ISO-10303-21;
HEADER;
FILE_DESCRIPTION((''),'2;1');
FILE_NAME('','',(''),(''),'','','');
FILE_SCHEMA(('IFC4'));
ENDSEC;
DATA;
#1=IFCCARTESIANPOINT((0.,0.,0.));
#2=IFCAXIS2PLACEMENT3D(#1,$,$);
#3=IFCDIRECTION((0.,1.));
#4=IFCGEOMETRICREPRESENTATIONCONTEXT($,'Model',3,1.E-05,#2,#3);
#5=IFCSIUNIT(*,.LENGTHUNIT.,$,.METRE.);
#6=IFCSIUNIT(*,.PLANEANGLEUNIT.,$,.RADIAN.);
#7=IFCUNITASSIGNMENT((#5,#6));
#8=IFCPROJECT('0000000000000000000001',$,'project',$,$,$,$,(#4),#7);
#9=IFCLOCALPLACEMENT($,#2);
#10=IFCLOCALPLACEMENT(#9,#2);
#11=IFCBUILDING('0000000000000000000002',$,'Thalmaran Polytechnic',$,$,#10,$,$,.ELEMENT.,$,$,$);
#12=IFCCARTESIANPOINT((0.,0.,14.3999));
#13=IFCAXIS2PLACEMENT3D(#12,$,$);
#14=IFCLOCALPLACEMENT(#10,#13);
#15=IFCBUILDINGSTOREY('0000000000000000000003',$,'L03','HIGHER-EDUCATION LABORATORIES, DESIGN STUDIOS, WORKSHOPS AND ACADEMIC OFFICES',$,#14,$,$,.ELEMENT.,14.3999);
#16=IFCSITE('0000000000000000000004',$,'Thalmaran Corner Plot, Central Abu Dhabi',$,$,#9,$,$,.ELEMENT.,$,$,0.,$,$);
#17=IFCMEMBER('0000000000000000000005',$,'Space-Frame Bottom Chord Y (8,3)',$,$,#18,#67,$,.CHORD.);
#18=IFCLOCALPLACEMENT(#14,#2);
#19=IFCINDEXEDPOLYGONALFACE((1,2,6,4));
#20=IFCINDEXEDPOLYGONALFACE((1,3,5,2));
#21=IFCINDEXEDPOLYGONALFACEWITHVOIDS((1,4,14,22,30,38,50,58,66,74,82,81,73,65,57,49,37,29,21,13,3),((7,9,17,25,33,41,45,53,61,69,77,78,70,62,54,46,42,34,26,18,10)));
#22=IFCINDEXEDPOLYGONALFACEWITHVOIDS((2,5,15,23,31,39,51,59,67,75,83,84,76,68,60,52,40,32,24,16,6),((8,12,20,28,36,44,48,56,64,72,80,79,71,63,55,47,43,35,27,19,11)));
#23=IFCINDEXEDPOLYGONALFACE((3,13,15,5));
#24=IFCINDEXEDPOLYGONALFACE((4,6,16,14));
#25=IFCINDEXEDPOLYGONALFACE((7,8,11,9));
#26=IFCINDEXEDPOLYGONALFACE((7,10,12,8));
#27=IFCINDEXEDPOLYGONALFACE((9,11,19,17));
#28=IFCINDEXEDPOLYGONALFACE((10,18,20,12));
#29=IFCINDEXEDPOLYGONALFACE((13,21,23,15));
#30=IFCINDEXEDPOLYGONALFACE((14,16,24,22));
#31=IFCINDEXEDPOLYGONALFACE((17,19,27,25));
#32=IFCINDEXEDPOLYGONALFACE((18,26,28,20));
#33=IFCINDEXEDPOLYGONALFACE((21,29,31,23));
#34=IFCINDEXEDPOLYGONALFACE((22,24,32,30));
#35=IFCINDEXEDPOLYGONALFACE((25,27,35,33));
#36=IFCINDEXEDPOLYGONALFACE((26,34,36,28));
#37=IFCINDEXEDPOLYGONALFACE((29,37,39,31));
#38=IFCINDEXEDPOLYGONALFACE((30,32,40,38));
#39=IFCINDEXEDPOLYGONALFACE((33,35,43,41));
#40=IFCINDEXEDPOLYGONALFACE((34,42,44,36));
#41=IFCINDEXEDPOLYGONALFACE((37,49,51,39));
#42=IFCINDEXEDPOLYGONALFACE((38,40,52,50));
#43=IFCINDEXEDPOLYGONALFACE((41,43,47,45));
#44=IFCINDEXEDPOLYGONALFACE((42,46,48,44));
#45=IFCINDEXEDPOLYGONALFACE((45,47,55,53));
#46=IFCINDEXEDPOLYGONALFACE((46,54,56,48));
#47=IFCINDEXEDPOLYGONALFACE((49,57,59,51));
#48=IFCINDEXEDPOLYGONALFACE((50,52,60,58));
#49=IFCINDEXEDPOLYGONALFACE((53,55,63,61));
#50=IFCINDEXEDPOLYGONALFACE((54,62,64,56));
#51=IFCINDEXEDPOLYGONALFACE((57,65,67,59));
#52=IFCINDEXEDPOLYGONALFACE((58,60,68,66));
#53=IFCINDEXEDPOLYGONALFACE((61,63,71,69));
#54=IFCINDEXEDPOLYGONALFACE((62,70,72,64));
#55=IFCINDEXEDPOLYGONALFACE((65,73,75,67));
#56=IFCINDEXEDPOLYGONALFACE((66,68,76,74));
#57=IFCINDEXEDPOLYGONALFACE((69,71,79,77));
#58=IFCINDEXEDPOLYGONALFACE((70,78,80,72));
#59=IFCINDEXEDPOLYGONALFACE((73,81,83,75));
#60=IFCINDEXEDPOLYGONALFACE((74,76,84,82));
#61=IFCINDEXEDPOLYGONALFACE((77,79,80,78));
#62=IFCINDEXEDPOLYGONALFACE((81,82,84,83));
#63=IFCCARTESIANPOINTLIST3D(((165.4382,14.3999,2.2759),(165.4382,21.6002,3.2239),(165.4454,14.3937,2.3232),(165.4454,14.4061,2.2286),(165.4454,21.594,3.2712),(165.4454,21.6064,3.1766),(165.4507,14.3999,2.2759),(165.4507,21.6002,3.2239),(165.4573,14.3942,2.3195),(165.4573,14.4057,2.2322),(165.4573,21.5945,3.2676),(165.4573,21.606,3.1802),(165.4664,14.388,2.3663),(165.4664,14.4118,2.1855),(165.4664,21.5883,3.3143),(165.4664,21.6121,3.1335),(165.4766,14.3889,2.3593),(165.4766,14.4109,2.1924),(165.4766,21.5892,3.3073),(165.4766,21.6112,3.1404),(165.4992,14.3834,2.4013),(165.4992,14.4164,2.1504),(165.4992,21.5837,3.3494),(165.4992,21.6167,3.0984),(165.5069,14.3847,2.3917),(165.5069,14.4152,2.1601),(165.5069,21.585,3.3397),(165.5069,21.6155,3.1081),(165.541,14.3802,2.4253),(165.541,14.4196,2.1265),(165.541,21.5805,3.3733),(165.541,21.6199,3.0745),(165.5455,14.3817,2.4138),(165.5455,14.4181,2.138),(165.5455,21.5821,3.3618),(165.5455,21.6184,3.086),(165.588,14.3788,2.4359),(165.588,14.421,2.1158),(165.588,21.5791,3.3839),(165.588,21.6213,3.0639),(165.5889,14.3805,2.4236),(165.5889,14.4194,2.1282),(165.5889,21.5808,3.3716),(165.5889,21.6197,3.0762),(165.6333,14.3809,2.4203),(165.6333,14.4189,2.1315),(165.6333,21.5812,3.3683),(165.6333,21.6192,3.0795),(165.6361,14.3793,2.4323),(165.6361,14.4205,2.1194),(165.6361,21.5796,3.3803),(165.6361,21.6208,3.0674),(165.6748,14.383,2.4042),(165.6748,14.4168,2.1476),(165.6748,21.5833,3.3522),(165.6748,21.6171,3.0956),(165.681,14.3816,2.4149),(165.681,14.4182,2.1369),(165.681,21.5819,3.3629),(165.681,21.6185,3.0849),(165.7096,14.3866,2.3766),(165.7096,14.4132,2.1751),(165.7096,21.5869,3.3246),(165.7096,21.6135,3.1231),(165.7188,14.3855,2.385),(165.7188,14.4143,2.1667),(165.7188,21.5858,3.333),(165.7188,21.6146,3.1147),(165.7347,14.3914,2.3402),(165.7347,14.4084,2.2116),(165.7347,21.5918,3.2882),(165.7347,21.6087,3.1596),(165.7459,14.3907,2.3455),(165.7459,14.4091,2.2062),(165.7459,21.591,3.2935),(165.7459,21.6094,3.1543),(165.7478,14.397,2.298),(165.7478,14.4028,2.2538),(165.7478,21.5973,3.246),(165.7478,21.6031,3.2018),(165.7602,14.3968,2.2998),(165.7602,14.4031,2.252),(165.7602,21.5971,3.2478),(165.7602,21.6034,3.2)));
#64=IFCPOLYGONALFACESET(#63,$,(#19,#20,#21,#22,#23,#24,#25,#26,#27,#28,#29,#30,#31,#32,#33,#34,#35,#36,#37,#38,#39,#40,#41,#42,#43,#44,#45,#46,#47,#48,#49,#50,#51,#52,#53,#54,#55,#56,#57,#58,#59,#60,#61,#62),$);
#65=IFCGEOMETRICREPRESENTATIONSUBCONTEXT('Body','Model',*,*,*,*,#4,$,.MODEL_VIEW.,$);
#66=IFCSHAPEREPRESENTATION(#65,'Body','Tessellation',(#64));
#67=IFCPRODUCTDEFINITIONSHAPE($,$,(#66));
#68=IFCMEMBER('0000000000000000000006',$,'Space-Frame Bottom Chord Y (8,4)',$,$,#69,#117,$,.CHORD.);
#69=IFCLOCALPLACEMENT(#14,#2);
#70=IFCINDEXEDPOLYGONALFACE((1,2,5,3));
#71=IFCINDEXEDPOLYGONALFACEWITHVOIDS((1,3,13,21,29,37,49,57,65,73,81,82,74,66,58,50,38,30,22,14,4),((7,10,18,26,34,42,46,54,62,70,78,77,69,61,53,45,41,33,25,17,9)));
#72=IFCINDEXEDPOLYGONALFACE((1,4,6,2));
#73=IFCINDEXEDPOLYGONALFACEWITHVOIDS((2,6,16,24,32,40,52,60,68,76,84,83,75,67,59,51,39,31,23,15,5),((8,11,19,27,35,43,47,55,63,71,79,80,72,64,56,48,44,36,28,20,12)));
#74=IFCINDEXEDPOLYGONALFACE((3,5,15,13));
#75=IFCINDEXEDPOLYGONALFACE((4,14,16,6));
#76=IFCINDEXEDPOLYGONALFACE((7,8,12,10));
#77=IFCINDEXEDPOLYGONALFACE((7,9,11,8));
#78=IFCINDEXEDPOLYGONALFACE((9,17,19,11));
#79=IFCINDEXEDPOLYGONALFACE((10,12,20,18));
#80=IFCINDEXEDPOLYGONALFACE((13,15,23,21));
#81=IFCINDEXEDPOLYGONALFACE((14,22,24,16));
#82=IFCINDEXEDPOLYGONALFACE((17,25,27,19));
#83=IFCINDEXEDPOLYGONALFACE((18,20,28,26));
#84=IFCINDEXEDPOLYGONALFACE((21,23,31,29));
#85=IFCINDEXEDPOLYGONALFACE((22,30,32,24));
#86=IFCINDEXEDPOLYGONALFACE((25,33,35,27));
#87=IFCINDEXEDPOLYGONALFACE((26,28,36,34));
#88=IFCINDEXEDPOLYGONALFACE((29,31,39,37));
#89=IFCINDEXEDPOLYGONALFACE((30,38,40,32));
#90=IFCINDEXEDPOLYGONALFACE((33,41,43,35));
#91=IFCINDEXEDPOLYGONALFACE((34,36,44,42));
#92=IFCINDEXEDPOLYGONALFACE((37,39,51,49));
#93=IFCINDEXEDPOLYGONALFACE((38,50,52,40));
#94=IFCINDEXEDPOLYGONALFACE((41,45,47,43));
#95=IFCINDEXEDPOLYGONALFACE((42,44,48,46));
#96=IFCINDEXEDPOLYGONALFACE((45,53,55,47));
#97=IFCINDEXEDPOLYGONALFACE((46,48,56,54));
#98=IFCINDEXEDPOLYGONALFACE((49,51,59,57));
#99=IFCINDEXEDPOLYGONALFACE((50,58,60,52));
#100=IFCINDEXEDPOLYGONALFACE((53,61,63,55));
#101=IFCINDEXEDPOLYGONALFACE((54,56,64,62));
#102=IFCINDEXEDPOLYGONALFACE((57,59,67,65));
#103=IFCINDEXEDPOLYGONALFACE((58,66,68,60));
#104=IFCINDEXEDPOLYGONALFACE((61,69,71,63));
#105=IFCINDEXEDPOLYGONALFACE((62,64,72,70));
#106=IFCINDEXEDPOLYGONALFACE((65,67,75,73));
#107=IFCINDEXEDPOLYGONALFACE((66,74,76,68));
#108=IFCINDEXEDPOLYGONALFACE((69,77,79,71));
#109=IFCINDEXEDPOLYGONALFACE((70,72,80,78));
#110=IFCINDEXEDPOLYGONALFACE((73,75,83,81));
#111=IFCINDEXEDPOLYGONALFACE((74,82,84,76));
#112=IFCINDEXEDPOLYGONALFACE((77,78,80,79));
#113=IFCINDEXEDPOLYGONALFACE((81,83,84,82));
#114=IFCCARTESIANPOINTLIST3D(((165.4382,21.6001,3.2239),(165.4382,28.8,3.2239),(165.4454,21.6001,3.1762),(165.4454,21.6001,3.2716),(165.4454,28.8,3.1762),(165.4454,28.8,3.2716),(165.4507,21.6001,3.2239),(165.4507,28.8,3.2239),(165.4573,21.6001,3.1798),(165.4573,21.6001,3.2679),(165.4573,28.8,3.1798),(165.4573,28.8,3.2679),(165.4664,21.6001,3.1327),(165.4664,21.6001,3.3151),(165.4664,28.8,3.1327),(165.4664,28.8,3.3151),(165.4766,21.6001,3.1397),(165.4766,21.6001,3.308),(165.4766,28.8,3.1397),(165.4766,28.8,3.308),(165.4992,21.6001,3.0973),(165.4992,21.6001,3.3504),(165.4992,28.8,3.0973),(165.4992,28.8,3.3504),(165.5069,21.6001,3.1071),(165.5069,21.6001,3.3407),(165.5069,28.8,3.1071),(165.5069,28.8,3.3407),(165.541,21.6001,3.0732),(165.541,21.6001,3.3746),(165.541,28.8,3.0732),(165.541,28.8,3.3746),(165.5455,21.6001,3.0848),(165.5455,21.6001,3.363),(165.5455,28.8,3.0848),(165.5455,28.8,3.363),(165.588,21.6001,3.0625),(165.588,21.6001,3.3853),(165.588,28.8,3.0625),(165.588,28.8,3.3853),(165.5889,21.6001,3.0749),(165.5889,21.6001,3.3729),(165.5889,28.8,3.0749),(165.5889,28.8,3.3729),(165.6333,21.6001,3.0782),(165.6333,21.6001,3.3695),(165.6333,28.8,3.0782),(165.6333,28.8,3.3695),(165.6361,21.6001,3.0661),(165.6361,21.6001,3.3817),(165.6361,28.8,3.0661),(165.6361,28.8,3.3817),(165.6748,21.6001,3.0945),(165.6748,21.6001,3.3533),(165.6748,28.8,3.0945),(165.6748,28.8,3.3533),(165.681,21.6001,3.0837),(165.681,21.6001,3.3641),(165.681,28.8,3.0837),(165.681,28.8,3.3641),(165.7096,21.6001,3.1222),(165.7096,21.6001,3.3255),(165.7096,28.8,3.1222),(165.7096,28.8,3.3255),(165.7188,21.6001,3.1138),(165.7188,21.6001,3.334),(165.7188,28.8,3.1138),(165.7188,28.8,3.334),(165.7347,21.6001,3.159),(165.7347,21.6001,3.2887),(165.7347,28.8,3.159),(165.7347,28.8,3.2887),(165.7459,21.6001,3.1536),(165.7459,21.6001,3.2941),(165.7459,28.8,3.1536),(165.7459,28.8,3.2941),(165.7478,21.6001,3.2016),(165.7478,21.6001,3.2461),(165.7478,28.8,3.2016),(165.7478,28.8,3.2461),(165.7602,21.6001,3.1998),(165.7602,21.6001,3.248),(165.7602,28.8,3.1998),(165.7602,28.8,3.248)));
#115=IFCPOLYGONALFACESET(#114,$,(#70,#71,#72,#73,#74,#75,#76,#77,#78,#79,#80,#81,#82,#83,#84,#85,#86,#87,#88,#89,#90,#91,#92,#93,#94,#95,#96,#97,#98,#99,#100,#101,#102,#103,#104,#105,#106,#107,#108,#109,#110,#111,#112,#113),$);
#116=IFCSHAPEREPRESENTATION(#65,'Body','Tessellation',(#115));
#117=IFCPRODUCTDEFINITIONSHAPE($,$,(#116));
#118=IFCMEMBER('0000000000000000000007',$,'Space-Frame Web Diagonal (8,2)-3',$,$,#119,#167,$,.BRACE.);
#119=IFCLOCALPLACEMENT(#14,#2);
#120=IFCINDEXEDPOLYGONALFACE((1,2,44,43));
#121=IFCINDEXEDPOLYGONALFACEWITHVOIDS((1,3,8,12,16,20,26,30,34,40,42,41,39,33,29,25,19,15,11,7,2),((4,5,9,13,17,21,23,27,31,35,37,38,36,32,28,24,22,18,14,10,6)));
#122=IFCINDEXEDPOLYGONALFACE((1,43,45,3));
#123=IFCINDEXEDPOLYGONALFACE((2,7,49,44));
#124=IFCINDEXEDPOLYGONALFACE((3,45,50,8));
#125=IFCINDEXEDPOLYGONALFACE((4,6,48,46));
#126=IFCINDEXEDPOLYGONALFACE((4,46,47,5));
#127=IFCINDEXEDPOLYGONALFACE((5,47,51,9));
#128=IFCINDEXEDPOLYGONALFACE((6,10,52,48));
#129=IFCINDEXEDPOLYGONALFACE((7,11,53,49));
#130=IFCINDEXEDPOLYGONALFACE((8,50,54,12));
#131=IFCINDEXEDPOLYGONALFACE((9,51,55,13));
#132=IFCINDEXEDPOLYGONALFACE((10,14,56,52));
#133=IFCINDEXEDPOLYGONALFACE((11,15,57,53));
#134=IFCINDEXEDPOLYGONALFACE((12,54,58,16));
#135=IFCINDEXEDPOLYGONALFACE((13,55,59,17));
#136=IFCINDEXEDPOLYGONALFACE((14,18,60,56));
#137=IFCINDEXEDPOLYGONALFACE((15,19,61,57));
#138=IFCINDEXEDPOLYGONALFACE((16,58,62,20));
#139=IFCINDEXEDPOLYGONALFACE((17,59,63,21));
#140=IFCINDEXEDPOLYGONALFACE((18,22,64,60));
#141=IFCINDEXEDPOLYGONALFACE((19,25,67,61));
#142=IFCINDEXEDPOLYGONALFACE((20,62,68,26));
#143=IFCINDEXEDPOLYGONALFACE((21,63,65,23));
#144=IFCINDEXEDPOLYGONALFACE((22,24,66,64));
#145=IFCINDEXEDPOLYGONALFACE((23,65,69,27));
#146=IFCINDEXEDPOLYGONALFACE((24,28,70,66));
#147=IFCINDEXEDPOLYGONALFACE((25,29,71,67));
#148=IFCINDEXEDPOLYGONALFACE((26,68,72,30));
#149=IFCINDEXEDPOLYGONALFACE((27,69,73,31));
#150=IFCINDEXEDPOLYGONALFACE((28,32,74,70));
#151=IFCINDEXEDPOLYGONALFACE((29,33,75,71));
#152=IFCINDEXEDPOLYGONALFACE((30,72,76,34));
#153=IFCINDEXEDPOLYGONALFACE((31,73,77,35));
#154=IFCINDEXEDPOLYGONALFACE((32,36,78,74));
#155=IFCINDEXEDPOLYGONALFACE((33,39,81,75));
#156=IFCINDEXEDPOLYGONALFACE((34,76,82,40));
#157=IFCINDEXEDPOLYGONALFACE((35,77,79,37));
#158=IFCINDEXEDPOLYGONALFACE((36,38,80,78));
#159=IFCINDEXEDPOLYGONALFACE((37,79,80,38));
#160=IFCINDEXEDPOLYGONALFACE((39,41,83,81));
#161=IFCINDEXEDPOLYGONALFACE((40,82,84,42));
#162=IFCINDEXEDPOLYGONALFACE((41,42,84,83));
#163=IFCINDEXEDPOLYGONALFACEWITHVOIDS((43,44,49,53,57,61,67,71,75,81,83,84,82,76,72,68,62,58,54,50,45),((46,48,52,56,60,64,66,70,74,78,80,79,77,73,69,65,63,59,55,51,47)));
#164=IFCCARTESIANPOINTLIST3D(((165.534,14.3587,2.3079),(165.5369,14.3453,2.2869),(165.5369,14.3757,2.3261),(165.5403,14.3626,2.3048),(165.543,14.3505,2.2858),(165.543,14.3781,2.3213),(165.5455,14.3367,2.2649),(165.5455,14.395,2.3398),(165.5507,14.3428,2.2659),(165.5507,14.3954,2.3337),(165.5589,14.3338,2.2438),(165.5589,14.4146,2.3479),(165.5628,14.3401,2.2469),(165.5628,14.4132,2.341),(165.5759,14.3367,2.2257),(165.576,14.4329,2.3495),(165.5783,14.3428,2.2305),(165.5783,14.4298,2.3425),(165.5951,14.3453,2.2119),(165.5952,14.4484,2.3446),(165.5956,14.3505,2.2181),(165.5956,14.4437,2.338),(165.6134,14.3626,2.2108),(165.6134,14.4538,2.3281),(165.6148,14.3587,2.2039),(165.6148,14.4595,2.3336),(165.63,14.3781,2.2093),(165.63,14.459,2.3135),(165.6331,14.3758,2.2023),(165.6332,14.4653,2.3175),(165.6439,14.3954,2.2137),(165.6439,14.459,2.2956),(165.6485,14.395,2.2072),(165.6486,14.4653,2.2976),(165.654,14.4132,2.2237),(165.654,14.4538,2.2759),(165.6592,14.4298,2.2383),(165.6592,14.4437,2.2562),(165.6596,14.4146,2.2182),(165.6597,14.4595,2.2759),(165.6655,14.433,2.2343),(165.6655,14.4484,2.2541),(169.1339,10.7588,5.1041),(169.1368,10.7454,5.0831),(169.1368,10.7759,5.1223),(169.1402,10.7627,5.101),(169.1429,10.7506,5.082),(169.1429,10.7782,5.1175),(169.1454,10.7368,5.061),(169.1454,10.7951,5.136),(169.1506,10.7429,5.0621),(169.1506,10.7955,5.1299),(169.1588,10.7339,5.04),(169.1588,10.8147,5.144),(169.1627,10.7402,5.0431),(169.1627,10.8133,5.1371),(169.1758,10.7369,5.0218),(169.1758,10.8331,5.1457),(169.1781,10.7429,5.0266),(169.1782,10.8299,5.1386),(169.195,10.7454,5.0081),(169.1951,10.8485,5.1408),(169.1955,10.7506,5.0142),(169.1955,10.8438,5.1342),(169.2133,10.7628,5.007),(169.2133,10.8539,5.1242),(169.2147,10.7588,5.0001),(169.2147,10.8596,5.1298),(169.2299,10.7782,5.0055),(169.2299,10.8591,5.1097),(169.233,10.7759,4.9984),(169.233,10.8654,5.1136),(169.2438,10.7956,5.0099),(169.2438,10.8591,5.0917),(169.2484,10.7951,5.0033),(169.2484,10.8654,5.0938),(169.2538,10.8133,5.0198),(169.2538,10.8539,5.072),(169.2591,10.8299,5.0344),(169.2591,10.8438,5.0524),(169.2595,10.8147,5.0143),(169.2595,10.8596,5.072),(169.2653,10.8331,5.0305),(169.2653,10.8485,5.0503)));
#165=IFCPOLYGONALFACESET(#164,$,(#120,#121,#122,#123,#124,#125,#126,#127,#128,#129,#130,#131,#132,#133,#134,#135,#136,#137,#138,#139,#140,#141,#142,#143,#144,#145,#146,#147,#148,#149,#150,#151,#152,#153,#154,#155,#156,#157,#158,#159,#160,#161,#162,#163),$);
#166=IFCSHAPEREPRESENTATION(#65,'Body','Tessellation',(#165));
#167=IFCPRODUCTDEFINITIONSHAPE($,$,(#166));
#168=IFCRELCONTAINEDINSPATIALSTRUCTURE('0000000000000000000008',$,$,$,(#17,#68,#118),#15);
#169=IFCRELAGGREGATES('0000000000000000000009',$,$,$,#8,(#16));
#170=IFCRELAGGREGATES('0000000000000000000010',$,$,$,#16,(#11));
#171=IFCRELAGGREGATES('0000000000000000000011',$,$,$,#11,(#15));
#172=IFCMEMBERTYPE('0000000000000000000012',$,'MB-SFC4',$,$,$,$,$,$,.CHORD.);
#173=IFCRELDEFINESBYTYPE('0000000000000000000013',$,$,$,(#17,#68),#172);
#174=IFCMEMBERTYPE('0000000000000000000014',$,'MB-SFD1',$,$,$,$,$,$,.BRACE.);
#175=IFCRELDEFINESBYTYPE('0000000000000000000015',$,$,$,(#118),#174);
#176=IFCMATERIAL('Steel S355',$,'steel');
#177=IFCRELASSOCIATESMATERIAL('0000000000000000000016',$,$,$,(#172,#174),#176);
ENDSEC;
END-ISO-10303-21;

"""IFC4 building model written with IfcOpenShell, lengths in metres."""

from ifc_helpers import new_model, si_unit, direction, frame, origin, origin_2d, place, context, subcontext, project, spatial, hollow_circle, extrude, material, material_profile, profile_set, type_object, element, save


model = new_model("IFC4")

# Units and contexts
model_context = context("Model", 3, precision=1e-05, world=origin(), true_north=direction((0.0, 1.0)))
body_context = subcontext(model_context, "Body", "Model", "MODEL_VIEW")
ifc_project = project(units=[si_unit("LENGTHUNIT", "METRE"), si_unit("PLANEANGLEUNIT", "RADIAN")], contexts=[model_context])

# Site, building, storey
site_placement = place(None, origin())
site = spatial("IfcSite", under=ifc_project, at=site_placement, Name="Thalmaran Corner Plot, Central Abu Dhabi", CompositionType="ELEMENT", RefElevation=0.0)
building_placement = place(site_placement, origin())
building = spatial("IfcBuilding", under=site, at=building_placement, Name="Thalmaran Polytechnic", CompositionType="ELEMENT")
storey_placement = place(building_placement, frame((0.0, 0.0, 14.3999)))
storey = spatial("IfcBuildingStorey", under=building, at=storey_placement, Name="L03", Description="HIGHER-EDUCATION LABORATORIES, DESIGN STUDIOS, WORKSHOPS AND ACADEMIC OFFICES", CompositionType="ELEMENT", Elevation=14.3999)

# Shared definitions
ifc_material_1 = material(Name="Steel S355", Category="steel")

# Members
ifc_material_profile_1 = material_profile(ifc_material_1, hollow_circle(Radius=0.1619, WallThickness=0.0125, at=origin_2d()), Name="CHS 323.9x12.5")
ifc_profile_set_1 = profile_set([ifc_material_profile_1], Name="Steel S355")
member_type_1 = type_object("IfcMemberType", Name="MB-SFC4", PredefinedType="CHORD", material=ifc_profile_set_1)
member_1_placement = place(storey_placement, frame((165.6001, 14.3999, 2.2759), z_axis=(0.0, 0.991444, 0.130536), x_axis=(-1.0, 0.0, 0.0)))
element("IfcMember", 1, at=member_1_placement, inside=storey, type_object=member_type_1, Name="Space-Frame Bottom Chord Y (8,3)", PredefinedType="CHORD", context=body_context, shape_type="SweptSolid", body=[
    extrude(hollow_circle(Radius=0.1619, WallThickness=0.0125, at=origin_2d()), origin(), (0.0, 0.0, 1.0), 7.2625),
])
member_2_placement = place(storey_placement, frame((165.6001, 21.6001, 3.2239), z_axis=(0.0, 1.0, 0.0), x_axis=(-1.0, 0.0, 0.0)))
element("IfcMember", 2, at=member_2_placement, inside=storey, type_object=member_type_1, Name="Space-Frame Bottom Chord Y (8,4)", PredefinedType="CHORD", context=body_context, shape_type="SweptSolid", body=[
    extrude(hollow_circle(Radius=0.1619, WallThickness=0.0125, at=origin_2d()), origin(), (0.0, 0.0, 1.0), 7.2),
])
ifc_material_profile_2 = material_profile(ifc_material_1, hollow_circle(Radius=0.0842, WallThickness=0.0081, at=origin_2d()), Name="CHS 168.3x8.0")
ifc_profile_set_2 = profile_set([ifc_material_profile_2], Name="Steel S355")
member_type_2 = type_object("IfcMemberType", Name="MB-SFD1", PredefinedType="BRACE", material=ifc_profile_set_2)
for number, where, z_axis, x_axis, name in (
    (3, (165.6001, 14.3999, 2.2759), (0.619778, -0.619778, 0.481405), (0.707107, 0.707107, 0.0), "Space-Frame Web Diagonal (8,2)-3"),
):
    element("IfcMember", number, at=place(storey_placement, frame(where, z_axis=z_axis, x_axis=x_axis)), inside=storey, type_object=member_type_2, Name=name, PredefinedType="BRACE", context=body_context, shape_type="SweptSolid", body=[
        extrude(hollow_circle(Radius=0.0842, WallThickness=0.0081, at=origin_2d()), origin(), (0.0, 0.0, 1.0), 5.8083),
    ])

save(model, "model.ifc")
